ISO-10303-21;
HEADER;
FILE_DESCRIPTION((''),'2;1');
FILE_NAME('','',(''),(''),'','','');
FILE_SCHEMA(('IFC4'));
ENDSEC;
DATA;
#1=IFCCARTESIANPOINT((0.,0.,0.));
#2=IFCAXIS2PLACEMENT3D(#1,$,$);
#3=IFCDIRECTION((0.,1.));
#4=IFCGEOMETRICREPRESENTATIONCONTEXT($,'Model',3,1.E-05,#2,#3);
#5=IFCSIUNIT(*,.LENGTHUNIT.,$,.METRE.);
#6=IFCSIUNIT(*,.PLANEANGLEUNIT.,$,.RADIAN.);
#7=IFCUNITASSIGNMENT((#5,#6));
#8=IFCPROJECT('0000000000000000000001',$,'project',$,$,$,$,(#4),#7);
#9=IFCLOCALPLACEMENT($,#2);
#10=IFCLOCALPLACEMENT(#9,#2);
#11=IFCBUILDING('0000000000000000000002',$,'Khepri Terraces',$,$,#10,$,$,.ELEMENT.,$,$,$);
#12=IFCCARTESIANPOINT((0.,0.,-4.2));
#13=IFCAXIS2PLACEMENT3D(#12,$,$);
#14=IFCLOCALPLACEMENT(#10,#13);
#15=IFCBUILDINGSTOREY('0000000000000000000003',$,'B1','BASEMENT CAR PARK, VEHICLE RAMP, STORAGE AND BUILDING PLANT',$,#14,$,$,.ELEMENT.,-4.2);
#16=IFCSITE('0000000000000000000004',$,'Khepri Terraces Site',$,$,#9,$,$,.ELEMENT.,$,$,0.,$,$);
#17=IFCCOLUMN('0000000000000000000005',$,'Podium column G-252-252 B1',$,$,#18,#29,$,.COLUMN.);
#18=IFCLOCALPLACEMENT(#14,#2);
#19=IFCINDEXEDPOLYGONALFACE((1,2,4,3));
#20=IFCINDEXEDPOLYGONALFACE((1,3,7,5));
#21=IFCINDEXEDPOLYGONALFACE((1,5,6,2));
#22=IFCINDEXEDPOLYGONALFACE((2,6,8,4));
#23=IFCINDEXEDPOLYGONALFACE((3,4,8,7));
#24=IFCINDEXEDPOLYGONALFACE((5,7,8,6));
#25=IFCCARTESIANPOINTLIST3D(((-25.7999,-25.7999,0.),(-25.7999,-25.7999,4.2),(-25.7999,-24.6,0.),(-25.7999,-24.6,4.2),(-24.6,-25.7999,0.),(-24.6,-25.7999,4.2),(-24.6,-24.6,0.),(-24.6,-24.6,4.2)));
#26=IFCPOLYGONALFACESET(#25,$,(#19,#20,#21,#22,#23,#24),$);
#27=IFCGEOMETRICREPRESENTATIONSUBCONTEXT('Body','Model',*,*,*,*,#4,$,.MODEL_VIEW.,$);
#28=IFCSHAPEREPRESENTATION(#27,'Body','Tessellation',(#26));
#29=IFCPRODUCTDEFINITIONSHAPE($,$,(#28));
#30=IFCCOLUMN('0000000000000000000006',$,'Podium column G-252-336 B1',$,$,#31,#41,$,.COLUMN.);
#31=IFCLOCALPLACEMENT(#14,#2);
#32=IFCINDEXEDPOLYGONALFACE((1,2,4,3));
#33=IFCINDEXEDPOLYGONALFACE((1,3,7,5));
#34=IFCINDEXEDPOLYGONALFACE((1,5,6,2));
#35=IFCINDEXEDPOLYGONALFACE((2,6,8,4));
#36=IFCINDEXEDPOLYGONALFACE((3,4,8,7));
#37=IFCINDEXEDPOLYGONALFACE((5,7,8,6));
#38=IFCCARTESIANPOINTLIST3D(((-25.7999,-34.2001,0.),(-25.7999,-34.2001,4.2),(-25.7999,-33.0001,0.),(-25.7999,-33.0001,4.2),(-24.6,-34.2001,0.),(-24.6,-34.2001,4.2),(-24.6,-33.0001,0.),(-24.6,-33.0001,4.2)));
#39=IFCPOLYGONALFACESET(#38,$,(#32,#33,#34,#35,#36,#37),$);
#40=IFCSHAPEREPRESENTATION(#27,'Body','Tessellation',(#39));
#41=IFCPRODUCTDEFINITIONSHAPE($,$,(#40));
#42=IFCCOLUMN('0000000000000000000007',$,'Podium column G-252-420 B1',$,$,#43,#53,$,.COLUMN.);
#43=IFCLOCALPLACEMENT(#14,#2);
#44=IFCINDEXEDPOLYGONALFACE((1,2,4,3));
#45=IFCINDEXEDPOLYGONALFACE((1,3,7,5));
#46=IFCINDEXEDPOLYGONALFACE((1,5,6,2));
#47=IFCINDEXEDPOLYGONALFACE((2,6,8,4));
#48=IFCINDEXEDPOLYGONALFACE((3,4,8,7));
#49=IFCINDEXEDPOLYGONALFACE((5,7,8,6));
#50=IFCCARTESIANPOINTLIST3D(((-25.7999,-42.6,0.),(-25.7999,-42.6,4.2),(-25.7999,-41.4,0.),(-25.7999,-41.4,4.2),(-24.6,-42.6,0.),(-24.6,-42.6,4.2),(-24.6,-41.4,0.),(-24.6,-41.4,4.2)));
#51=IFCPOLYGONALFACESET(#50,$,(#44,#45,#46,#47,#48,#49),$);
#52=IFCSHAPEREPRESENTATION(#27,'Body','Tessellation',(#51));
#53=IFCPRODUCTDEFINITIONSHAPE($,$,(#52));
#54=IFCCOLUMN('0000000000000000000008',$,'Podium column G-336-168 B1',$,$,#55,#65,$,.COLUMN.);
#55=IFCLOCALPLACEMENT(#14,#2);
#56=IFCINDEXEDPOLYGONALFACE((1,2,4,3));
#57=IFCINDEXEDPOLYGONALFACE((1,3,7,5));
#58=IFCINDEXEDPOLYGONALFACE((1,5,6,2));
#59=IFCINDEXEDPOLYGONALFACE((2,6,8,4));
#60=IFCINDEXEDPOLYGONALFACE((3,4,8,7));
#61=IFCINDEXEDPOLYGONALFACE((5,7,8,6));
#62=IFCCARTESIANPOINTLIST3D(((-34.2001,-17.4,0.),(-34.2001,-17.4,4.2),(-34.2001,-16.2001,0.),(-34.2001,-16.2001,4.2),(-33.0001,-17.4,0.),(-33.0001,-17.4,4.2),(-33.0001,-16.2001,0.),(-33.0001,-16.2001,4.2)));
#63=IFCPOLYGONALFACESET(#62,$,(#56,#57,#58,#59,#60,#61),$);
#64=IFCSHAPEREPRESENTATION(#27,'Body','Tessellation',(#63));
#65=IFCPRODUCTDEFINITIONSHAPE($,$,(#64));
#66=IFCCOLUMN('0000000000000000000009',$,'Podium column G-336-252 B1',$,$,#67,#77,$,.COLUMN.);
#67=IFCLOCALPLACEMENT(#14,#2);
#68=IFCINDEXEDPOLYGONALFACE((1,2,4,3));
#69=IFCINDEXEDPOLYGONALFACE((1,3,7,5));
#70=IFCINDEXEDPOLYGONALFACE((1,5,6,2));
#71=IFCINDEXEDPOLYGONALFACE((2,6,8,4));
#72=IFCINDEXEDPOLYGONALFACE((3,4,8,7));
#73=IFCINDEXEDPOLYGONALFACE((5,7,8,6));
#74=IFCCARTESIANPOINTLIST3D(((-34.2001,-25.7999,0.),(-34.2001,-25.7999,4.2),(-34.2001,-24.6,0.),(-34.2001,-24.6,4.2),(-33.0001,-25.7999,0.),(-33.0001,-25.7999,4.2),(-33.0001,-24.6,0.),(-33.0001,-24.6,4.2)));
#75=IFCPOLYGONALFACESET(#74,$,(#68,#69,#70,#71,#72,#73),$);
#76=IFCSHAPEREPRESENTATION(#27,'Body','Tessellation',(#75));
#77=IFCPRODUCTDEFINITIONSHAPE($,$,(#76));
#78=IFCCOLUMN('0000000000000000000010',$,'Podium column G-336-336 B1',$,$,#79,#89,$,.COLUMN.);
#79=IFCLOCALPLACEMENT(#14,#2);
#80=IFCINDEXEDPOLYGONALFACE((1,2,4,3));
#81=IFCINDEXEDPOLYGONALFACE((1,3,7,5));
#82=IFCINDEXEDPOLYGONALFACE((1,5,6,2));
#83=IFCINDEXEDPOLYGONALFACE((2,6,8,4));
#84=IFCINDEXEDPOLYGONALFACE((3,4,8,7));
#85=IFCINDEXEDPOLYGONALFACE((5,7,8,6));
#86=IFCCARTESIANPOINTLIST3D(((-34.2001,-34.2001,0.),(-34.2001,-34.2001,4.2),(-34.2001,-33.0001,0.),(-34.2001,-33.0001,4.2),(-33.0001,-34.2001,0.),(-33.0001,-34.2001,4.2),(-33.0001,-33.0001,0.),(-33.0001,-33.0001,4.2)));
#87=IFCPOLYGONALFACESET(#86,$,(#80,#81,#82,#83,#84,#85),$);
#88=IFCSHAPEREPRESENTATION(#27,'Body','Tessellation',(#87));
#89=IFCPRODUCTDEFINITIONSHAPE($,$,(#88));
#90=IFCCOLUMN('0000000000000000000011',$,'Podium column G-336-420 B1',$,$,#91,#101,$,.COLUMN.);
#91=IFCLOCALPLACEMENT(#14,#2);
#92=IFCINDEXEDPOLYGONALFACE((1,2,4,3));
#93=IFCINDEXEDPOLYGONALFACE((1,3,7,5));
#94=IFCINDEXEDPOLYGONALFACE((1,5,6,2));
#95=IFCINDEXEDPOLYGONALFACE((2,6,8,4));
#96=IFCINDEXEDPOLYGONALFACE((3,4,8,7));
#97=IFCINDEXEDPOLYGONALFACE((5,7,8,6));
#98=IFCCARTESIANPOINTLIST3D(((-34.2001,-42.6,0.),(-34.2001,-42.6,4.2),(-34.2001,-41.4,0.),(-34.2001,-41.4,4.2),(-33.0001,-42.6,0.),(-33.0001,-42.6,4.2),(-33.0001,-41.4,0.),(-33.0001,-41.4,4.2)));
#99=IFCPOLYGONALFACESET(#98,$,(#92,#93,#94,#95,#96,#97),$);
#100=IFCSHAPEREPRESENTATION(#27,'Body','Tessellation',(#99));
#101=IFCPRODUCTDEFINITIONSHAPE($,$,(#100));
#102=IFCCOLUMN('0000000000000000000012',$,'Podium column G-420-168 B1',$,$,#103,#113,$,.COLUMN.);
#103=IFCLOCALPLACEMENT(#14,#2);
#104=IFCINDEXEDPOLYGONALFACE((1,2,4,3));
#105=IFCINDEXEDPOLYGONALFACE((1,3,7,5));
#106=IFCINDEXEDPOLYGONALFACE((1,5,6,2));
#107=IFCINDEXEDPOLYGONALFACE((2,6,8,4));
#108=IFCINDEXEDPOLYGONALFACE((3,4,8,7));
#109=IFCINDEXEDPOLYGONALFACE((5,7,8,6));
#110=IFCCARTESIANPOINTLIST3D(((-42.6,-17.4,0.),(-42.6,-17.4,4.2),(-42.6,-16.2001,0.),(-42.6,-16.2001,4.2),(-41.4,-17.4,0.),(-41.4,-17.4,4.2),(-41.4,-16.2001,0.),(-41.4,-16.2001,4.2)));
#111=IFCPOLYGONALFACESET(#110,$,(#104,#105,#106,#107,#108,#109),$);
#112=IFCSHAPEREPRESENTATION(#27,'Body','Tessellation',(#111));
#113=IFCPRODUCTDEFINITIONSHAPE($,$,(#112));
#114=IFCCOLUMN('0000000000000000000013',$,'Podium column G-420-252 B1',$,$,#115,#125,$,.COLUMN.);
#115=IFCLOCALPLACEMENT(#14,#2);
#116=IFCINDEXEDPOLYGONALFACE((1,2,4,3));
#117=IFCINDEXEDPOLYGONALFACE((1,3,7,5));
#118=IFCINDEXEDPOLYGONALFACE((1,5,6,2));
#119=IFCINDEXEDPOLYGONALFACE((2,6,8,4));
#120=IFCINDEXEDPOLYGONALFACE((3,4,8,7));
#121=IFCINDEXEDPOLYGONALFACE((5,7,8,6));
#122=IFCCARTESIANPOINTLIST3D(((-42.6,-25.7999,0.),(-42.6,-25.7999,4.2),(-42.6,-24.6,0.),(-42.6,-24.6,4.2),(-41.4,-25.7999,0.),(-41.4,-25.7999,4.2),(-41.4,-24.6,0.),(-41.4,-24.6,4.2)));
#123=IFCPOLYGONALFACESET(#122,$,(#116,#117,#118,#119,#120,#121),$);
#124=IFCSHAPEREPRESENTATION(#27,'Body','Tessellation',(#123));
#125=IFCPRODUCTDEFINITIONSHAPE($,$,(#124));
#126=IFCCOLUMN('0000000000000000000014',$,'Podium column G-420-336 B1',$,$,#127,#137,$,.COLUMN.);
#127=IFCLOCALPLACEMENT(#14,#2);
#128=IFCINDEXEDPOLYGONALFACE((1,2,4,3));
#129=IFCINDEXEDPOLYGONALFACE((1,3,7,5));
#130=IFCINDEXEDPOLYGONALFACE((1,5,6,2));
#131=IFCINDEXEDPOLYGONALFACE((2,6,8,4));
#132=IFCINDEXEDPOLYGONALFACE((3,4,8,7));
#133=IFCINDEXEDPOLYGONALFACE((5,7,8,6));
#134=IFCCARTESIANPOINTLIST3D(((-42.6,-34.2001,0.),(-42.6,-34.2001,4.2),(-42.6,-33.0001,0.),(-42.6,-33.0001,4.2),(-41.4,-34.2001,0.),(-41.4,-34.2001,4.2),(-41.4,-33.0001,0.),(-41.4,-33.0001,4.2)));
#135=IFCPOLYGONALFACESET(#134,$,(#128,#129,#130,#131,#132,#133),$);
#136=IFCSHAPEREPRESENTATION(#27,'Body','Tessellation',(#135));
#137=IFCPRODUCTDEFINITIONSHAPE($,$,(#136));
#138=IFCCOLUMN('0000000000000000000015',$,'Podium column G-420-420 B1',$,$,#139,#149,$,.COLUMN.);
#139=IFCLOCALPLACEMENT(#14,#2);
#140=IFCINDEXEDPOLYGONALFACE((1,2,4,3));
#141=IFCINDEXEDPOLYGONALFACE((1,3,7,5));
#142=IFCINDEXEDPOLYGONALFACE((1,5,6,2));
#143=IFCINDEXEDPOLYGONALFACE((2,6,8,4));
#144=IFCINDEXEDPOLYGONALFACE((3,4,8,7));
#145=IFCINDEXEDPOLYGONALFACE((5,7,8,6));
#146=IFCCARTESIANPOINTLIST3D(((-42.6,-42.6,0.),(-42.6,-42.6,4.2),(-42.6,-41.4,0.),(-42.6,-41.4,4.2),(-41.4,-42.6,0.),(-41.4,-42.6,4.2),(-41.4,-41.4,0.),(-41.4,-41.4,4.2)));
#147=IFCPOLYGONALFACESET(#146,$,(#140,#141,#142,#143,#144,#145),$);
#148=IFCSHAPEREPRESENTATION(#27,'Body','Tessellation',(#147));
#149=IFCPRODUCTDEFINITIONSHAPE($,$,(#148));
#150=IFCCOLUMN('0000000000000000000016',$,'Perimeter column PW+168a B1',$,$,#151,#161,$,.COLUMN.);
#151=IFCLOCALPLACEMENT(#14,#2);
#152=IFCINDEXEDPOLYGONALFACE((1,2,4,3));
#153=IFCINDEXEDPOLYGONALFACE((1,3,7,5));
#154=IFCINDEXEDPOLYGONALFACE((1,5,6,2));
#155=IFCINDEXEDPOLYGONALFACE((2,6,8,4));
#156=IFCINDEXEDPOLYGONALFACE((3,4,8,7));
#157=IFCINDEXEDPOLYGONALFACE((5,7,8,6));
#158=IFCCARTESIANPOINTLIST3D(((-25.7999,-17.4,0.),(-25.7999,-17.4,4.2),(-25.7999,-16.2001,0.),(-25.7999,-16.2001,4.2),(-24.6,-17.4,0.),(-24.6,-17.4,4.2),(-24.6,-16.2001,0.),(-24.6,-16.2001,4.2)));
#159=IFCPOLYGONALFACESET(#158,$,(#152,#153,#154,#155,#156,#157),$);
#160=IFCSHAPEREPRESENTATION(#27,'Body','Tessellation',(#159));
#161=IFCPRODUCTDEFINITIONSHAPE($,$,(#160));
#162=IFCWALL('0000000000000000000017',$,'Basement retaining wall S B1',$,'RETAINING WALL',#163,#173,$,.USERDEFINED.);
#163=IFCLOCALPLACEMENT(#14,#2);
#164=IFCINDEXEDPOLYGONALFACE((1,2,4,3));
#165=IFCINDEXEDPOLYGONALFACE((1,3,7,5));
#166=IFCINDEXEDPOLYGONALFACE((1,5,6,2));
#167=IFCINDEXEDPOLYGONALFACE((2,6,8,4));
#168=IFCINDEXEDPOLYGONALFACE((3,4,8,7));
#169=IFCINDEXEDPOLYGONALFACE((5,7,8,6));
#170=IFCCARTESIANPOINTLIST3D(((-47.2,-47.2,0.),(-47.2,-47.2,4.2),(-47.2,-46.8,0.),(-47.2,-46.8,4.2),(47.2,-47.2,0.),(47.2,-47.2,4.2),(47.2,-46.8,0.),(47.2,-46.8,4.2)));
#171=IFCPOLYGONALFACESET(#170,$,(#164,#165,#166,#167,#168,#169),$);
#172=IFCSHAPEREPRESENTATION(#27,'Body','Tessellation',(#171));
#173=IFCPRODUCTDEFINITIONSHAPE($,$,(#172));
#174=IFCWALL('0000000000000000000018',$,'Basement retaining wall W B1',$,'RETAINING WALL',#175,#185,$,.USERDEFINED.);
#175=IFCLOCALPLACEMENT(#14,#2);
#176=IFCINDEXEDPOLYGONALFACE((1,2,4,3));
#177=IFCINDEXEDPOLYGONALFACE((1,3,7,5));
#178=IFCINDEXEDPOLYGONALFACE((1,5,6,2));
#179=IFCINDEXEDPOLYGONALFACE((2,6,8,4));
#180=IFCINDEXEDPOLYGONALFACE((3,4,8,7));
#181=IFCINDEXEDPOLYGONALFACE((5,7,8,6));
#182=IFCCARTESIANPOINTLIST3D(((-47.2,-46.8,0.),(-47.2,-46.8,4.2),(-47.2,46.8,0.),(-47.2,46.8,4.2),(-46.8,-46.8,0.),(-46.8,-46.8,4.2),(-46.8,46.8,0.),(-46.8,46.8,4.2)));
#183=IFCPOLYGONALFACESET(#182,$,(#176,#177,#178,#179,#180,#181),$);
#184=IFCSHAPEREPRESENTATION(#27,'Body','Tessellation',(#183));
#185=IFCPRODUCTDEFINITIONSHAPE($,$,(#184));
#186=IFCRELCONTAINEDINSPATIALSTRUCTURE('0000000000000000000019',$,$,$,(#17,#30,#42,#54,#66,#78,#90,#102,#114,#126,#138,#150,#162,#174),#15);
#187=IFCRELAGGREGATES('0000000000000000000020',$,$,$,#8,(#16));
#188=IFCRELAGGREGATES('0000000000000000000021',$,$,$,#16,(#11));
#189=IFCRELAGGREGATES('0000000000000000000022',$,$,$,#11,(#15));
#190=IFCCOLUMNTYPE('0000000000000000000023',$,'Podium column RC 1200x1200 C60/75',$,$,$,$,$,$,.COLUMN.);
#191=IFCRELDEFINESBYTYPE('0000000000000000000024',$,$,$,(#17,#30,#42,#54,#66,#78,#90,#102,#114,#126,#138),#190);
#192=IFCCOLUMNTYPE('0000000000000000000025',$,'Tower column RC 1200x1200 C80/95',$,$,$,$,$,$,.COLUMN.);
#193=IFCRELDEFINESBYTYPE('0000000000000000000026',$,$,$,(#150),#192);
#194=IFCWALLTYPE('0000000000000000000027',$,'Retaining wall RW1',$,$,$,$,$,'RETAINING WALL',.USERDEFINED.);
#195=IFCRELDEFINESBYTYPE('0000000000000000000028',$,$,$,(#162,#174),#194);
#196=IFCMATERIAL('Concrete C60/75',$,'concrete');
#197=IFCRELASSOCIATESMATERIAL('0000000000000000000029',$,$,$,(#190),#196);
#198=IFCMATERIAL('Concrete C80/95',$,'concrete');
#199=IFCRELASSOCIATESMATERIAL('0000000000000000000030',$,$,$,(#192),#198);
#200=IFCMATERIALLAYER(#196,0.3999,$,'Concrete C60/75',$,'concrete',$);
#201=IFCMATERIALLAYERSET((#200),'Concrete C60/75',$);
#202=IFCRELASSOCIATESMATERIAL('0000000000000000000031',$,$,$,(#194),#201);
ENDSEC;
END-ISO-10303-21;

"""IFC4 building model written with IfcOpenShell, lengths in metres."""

from ifc_helpers import new_model, si_unit, direction, frame, frame_2d, origin, origin_2d, place, context, subcontext, project, spatial, rectangle, extrude, material, layer, layer_set, material_profile, profile_set, type_object, element, save


model = new_model("IFC4")

# Units and contexts
model_context = context("Model", 3, precision=1e-05, world=origin(), true_north=direction((0.0, 1.0)))
body_context = subcontext(model_context, "Body", "Model", "MODEL_VIEW")
ifc_project = project(units=[si_unit("LENGTHUNIT", "METRE"), si_unit("PLANEANGLEUNIT", "RADIAN")], contexts=[model_context])

# Site, building, storey
site_placement = place(None, origin())
site = spatial("IfcSite", under=ifc_project, at=site_placement, Name="Khepri Terraces Site", CompositionType="ELEMENT", RefElevation=0.0)
building_placement = place(site_placement, origin())
building = spatial("IfcBuilding", under=site, at=building_placement, Name="Khepri Terraces", CompositionType="ELEMENT")
storey_placement = place(building_placement, frame((0.0, 0.0, -4.2)))
storey = spatial("IfcBuildingStorey", under=building, at=storey_placement, Name="B1", Description="BASEMENT CAR PARK, VEHICLE RAMP, STORAGE AND BUILDING PLANT", CompositionType="ELEMENT", Elevation=-4.2)

# Columns
ifc_material_1 = material(Name="Concrete C60/75", Category="concrete")
ifc_material_profile_1 = material_profile(ifc_material_1, rectangle(XDim=1.2, YDim=1.2, at=origin_2d()), Name="Concrete C60/75", Category="concrete")
ifc_profile_set_1 = profile_set([ifc_material_profile_1], Name="Concrete C60/75")
column_type_1 = type_object("IfcColumnType", Name="Podium column RC 1200x1200 C60/75", PredefinedType="COLUMN", material=ifc_profile_set_1)
for number, where, z_axis, x_axis, name in (
    (1, (-25.2, -25.2, 0.0), (0.0, 0.0, 1.0), (1.0, 0.0, 0.0), "Podium column G-252-252 B1"),
    (2, (-25.2, -33.6001, 0.0), (0.0, 0.0, 1.0), (1.0, 0.0, 0.0), "Podium column G-252-336 B1"),
    (3, (-25.2, -42.0, 0.0), (0.0, 0.0, 1.0), (1.0, 0.0, 0.0), "Podium column G-252-420 B1"),
    (4, (-33.6001, -16.8, 0.0), (0.0, 0.0, 1.0), (1.0, 0.0, 0.0), "Podium column G-336-168 B1"),
    (5, (-33.6001, -25.2, 0.0), (0.0, 0.0, 1.0), (1.0, 0.0, 0.0), "Podium column G-336-252 B1"),
    (6, (-33.6001, -33.6001, 0.0), (0.0, 0.0, 1.0), (1.0, 0.0, 0.0), "Podium column G-336-336 B1"),
    (7, (-33.6001, -42.0, 0.0), (0.0, 0.0, 1.0), (1.0, 0.0, 0.0), "Podium column G-336-420 B1"),
    (8, (-42.0, -16.8, 0.0), (0.0, 0.0, 1.0), (1.0, 0.0, 0.0), "Podium column G-420-168 B1"),
    (9, (-42.0, -25.2, 0.0), (0.0, 0.0, 1.0), (1.0, 0.0, 0.0), "Podium column G-420-252 B1"),
    (10, (-42.0, -33.6001, 0.0), (0.0, 0.0, 1.0), (1.0, 0.0, 0.0), "Podium column G-420-336 B1"),
    (11, (-42.0, -42.0, 0.0), (0.0, 0.0, 1.0), (1.0, 0.0, 0.0), "Podium column G-420-420 B1"),
):
    element("IfcColumn", number, at=place(storey_placement, frame(where, z_axis=z_axis, x_axis=x_axis)), inside=storey, type_object=column_type_1, Name=name, PredefinedType="COLUMN", context=body_context, shape_type="SweptSolid", body=[
        extrude(rectangle(XDim=1.2, YDim=1.2, at=origin_2d()), origin(), (0.0, 0.0, 1.0), 4.2),
    ])
ifc_material_2 = material(Name="Concrete C80/95", Category="concrete")
ifc_material_profile_2 = material_profile(ifc_material_2, rectangle(XDim=1.2, YDim=1.2, at=origin_2d()), Name="Concrete C80/95", Category="concrete")
ifc_profile_set_2 = profile_set([ifc_material_profile_2], Name="Concrete C80/95")
column_type_2 = type_object("IfcColumnType", Name="Tower column RC 1200x1200 C80/95", PredefinedType="COLUMN", material=ifc_profile_set_2)
column_placement = place(storey_placement, frame((-25.2, -16.8, 0.0), z_axis=(0.0, 0.0, 1.0), x_axis=(1.0, 0.0, 0.0)))
element("IfcColumn", 12, at=column_placement, inside=storey, type_object=column_type_2, Name="Perimeter column PW+168a B1", PredefinedType="COLUMN", context=body_context, shape_type="SweptSolid", body=[
    extrude(rectangle(XDim=1.2, YDim=1.2, at=origin_2d()), origin(), (0.0, 0.0, 1.0), 4.2),
])

# Walls
ifc_layer_1 = layer(ifc_material_1, 0.3999, Name="Concrete C60/75", Category="concrete")
ifc_layer_set_1 = layer_set([ifc_layer_1], Name="Concrete C60/75")
wall_type_1 = type_object("IfcWallType", Name="Retaining wall RW1", ElementType="RETAINING WALL", PredefinedType="USERDEFINED", material=ifc_layer_set_1)
wall_1_placement = place(storey_placement, frame((-47.2, -47.0, 0.0), z_axis=(0.0, 0.0, 1.0), x_axis=(1.0, 0.0, 0.0)))
element("IfcWall", 13, at=wall_1_placement, inside=storey, type_object=wall_type_1, Name="Basement retaining wall S B1", ObjectType="RETAINING WALL", PredefinedType="USERDEFINED", context=body_context, shape_type="SweptSolid", body=[
    extrude(rectangle(XDim=94.3999, YDim=0.3999, at=frame_2d((47.2, 0.0))), origin(), (0.0, 0.0, 1.0), 4.2),
])
wall_2_placement = place(storey_placement, frame((-47.0, -46.8, 0.0), z_axis=(0.0, 0.0, 1.0), x_axis=(0.0, 1.0, 0.0)))
element("IfcWall", 14, at=wall_2_placement, inside=storey, type_object=wall_type_1, Name="Basement retaining wall W B1", ObjectType="RETAINING WALL", PredefinedType="USERDEFINED", context=body_context, shape_type="SweptSolid", body=[
    extrude(rectangle(XDim=93.6001, YDim=0.3999, at=frame_2d((46.8, 0.0))), origin(), (0.0, 0.0, 1.0), 4.2),
])

save(model, "model.ifc")
